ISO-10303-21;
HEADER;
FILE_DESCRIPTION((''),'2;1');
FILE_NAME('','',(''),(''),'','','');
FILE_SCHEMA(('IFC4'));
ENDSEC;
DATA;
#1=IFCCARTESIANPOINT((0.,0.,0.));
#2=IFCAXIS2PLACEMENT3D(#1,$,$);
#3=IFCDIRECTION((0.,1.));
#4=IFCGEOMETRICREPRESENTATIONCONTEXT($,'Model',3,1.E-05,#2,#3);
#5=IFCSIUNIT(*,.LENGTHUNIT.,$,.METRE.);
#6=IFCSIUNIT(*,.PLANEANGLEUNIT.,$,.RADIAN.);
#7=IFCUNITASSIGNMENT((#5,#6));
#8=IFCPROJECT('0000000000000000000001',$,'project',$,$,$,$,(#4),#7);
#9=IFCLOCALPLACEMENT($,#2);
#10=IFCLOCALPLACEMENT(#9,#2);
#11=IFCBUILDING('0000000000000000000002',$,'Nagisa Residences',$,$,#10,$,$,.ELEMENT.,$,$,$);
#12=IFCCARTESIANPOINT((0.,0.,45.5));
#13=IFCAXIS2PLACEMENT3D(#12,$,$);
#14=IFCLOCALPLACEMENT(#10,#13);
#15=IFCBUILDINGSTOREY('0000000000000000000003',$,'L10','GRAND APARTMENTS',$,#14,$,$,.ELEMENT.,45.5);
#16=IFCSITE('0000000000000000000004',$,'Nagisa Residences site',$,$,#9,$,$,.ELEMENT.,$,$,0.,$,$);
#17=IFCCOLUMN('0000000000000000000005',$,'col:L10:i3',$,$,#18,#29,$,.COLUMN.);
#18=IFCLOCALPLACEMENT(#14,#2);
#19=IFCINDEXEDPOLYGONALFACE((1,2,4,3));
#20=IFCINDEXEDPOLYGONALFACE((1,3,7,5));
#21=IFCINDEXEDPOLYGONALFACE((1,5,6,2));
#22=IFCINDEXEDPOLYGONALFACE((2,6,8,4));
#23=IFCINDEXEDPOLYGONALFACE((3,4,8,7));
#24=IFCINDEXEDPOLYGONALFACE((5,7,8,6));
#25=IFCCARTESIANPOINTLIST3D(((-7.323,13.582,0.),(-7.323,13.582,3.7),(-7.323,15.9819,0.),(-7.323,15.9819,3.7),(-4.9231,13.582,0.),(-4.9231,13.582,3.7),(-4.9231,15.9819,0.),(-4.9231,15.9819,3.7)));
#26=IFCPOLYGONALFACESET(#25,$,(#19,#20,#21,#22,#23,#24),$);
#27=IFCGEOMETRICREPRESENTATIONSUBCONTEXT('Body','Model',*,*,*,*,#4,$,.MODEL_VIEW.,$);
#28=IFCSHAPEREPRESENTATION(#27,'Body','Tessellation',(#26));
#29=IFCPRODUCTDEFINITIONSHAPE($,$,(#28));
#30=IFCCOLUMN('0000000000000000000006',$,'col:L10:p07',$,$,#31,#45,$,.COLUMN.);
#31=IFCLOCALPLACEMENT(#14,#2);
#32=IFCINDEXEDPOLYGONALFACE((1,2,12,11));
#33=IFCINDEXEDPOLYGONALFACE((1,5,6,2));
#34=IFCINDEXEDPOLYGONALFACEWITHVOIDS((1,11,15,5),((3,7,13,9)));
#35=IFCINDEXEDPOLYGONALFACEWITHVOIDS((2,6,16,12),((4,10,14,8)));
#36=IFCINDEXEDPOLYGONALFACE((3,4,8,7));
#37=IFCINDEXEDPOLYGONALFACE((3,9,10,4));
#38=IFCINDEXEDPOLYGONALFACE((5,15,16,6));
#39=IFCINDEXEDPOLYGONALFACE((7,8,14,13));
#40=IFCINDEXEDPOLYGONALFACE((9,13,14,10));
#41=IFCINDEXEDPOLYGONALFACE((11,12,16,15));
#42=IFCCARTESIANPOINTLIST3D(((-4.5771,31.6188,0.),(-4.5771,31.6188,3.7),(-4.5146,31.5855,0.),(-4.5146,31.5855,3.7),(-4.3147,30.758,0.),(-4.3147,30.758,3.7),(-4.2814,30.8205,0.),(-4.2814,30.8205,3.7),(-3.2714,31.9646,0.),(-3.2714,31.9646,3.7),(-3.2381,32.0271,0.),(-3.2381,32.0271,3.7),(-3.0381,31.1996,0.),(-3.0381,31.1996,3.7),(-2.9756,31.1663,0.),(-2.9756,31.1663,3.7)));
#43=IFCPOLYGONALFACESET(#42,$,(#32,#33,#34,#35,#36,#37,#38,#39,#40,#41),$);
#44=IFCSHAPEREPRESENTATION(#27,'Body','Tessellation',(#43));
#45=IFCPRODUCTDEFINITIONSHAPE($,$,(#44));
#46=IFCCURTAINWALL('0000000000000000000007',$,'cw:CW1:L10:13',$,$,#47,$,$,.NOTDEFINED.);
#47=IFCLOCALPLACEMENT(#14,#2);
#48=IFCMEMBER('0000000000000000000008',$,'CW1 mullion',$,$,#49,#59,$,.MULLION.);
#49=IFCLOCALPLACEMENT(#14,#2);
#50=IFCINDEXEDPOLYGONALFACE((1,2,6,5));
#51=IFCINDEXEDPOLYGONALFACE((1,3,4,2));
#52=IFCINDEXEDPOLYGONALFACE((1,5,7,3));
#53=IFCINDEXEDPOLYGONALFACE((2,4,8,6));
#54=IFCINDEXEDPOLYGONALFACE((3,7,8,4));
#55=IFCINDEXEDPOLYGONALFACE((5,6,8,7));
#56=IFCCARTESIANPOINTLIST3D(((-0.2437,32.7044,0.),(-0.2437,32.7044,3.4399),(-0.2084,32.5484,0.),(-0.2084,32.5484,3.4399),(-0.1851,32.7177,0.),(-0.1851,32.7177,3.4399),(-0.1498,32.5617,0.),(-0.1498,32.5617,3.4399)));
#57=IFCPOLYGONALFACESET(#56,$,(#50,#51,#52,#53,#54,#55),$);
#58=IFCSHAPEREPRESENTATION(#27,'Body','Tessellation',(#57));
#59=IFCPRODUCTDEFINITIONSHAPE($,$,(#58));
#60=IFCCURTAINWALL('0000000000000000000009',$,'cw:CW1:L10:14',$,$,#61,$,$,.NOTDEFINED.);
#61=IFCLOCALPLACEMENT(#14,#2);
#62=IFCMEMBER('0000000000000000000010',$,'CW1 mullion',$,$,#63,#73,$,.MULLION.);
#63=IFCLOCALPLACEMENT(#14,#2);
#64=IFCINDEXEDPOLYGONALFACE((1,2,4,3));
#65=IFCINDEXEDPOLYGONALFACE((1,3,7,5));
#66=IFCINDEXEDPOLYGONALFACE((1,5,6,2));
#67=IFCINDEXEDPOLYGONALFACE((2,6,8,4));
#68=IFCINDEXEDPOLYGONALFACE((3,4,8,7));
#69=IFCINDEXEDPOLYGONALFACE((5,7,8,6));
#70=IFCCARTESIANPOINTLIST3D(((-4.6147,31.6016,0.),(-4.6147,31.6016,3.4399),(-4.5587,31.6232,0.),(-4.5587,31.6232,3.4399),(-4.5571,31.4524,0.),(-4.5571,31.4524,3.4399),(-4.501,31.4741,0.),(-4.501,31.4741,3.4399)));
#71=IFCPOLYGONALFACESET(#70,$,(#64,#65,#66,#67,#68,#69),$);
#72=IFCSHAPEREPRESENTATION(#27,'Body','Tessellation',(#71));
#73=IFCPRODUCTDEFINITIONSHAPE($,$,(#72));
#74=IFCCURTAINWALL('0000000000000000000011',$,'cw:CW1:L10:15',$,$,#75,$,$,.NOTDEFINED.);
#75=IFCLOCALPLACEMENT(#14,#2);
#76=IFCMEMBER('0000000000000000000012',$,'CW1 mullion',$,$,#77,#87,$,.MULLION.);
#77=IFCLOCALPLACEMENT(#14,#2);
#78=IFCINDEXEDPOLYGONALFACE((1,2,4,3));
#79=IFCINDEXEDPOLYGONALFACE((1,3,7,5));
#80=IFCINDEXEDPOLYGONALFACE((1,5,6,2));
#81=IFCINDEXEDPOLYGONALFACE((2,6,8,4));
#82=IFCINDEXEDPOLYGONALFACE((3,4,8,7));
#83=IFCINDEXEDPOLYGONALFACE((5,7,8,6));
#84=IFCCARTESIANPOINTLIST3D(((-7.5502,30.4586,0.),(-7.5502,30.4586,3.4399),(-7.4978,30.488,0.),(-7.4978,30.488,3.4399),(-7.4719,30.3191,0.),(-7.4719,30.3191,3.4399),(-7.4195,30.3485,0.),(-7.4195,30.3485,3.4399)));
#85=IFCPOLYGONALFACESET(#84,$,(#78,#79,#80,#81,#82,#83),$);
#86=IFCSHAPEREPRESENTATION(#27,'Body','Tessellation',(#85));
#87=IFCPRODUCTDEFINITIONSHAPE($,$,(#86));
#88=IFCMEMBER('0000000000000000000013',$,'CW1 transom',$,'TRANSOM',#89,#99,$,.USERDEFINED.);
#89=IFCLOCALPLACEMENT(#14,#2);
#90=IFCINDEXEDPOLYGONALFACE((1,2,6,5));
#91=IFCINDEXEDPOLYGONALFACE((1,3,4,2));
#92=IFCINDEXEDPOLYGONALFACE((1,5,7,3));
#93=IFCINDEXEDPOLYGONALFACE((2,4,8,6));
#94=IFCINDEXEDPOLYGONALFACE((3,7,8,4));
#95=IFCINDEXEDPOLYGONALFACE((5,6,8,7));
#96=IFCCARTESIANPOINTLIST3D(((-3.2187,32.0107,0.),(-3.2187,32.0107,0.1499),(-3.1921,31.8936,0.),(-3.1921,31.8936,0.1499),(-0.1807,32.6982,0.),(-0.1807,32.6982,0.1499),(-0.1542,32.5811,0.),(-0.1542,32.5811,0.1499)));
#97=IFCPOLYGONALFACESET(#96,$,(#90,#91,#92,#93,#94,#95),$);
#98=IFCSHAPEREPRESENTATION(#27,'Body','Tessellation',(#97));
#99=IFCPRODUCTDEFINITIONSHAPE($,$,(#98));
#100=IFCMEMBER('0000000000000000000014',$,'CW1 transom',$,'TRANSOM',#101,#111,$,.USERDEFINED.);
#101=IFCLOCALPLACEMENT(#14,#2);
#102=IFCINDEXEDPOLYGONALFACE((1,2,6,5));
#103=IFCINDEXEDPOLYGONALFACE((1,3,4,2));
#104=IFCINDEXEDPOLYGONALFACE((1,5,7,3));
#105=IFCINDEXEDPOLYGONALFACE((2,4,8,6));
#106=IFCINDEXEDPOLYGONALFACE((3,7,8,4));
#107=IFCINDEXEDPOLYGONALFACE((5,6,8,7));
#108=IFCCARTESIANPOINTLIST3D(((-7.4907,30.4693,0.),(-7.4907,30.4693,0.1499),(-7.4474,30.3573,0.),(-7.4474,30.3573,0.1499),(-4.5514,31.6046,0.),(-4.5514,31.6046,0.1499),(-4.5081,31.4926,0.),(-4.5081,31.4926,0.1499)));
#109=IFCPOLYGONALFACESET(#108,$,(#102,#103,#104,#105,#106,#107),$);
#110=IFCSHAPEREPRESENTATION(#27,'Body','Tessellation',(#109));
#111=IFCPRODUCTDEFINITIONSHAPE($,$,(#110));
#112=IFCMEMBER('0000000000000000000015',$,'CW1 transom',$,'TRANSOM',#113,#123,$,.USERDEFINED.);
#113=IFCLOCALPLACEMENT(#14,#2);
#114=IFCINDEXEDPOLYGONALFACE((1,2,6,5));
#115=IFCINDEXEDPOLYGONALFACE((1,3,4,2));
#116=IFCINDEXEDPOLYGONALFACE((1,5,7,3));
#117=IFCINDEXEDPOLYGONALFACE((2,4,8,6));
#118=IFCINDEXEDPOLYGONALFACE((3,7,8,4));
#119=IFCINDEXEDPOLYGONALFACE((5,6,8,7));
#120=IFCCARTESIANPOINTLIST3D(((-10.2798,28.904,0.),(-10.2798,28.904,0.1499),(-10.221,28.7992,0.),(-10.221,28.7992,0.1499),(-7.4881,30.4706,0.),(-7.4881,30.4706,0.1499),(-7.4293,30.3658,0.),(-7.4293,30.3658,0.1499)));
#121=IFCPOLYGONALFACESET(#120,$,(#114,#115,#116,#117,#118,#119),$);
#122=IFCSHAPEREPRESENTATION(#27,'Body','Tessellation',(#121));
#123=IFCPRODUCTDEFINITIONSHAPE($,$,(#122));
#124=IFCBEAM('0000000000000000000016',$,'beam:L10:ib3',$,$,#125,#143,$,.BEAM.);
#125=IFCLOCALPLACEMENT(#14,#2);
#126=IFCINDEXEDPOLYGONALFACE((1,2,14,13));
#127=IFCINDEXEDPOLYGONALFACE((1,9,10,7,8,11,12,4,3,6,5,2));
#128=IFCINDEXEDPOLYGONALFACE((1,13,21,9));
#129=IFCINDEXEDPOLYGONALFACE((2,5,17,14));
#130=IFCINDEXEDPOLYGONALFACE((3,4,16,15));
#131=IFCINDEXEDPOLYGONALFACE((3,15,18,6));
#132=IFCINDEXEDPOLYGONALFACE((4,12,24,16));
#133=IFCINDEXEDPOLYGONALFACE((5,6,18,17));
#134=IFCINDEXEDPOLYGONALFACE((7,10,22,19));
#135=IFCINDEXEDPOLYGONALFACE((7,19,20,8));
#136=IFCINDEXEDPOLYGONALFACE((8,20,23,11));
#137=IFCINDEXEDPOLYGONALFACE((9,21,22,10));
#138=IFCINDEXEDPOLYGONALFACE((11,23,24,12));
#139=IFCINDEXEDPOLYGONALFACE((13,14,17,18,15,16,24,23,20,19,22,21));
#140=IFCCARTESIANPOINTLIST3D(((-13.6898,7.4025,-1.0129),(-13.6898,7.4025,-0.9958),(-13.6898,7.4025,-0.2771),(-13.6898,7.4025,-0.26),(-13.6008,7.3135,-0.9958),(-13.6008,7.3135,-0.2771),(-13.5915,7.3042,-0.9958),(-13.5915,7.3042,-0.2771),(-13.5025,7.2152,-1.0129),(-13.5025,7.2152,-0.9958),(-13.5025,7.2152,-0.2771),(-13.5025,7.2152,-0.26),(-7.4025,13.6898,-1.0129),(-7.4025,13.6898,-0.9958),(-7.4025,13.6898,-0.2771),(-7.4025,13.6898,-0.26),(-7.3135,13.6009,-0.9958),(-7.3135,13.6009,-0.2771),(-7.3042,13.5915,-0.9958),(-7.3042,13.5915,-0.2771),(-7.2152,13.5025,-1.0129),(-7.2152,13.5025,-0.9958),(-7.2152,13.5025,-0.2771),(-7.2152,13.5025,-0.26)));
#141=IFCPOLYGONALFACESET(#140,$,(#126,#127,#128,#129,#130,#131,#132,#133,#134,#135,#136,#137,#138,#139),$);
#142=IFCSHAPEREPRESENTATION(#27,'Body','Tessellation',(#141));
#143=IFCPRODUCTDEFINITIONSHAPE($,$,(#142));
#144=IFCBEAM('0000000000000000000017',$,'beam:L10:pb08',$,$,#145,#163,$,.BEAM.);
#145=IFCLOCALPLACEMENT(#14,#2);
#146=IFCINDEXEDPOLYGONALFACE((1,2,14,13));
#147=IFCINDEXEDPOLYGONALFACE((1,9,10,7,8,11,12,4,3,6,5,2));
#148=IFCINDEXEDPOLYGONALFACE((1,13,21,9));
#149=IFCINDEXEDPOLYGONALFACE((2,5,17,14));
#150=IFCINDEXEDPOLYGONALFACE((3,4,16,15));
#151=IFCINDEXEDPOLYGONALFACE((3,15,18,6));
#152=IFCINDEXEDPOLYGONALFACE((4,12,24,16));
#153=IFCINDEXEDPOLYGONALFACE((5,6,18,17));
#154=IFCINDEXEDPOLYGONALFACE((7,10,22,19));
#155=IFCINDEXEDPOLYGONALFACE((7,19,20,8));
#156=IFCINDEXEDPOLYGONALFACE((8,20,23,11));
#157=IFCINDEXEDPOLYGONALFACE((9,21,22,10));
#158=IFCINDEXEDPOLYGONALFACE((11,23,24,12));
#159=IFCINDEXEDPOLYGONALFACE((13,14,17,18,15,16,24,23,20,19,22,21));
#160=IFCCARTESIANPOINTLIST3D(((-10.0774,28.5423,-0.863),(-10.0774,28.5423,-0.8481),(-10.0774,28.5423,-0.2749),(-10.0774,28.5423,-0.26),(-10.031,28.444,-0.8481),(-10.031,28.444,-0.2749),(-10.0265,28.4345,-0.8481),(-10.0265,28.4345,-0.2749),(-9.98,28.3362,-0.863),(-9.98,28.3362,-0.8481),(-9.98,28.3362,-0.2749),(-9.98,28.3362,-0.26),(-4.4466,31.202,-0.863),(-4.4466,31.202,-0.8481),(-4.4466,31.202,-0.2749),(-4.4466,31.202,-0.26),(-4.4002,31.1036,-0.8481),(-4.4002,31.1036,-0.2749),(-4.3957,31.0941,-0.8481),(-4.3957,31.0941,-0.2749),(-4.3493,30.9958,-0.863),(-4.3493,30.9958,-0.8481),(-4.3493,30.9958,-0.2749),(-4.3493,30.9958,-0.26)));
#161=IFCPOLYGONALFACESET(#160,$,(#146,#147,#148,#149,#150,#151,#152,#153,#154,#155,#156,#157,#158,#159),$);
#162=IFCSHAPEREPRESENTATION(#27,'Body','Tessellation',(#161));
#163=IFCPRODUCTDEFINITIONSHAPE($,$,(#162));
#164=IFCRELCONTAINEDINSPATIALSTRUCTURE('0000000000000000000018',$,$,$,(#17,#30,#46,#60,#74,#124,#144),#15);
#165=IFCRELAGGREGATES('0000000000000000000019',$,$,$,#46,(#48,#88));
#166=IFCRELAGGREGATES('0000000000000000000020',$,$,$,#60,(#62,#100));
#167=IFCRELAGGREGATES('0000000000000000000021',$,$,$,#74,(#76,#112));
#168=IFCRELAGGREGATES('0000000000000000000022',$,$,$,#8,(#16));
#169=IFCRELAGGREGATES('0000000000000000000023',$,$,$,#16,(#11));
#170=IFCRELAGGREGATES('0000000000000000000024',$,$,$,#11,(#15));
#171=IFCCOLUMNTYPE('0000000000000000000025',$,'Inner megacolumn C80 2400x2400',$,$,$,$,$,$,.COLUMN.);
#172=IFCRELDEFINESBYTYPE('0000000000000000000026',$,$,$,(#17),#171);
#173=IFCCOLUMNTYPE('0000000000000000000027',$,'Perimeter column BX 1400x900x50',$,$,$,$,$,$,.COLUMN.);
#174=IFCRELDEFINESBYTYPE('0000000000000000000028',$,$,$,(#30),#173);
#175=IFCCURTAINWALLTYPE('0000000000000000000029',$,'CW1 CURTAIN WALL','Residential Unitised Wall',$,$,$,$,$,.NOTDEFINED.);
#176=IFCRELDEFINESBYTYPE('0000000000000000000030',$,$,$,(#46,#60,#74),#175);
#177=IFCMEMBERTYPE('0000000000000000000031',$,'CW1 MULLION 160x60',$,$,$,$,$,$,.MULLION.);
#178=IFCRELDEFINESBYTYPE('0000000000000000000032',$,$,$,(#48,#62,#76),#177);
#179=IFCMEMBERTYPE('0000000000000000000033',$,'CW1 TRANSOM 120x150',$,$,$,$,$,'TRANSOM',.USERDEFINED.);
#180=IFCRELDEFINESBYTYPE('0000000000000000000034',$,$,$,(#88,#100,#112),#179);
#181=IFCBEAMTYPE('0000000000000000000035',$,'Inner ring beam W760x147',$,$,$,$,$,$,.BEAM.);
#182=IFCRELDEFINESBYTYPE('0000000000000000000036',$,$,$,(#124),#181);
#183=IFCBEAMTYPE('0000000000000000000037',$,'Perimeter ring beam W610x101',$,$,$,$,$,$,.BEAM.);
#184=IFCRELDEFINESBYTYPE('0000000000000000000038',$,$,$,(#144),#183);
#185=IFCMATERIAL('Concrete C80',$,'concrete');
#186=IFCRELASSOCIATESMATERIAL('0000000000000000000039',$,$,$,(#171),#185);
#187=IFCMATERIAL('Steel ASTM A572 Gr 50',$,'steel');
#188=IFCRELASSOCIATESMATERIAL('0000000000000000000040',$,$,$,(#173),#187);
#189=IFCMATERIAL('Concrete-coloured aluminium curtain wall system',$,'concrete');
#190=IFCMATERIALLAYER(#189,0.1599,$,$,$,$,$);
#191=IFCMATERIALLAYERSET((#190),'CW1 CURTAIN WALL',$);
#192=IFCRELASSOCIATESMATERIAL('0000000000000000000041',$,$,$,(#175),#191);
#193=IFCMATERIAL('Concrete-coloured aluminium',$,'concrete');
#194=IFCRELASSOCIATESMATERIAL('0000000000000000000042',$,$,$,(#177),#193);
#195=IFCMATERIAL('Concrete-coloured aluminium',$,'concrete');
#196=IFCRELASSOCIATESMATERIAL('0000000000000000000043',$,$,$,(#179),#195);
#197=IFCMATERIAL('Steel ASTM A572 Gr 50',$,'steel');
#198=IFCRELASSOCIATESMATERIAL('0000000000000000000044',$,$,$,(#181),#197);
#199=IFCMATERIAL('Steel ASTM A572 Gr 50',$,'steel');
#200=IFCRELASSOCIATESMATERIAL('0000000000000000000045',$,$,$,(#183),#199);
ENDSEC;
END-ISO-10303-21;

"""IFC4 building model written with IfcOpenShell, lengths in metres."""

from ifc_helpers import new_model, si_unit, direction, frame, origin, origin_2d, place, context, subcontext, project, spatial, rectangle, hollow_rectangle, i_section, extrude, material, layer, layer_set, material_profile, profile_set, type_object, element, aggregate, save


model = new_model("IFC4")

# Units and contexts
model_context = context("Model", 3, precision=1e-05, world=origin(), true_north=direction((0.0, 1.0)))
body_context = subcontext(model_context, "Body", "Model", "MODEL_VIEW")
ifc_project = project(units=[si_unit("LENGTHUNIT", "METRE"), si_unit("PLANEANGLEUNIT", "RADIAN")], contexts=[model_context])

# Site, building, storey
site_placement = place(None, origin())
site = spatial("IfcSite", under=ifc_project, at=site_placement, Name="Nagisa Residences site", CompositionType="ELEMENT", RefElevation=0.0)
building_placement = place(site_placement, origin())
building = spatial("IfcBuilding", under=site, at=building_placement, Name="Nagisa Residences", CompositionType="ELEMENT")
storey_placement = place(building_placement, frame((0.0, 0.0, 45.5)))
storey = spatial("IfcBuildingStorey", under=building, at=storey_placement, Name="L10", Description="GRAND APARTMENTS", CompositionType="ELEMENT", Elevation=45.5)

# Columns
ifc_material_1 = material(Name="Concrete C80", Category="concrete")
ifc_material_profile_1 = material_profile(ifc_material_1, rectangle(XDim=2.3999, YDim=2.3999, at=origin_2d()), Name="C80 2400x2400")
ifc_profile_set_1 = profile_set([ifc_material_profile_1], Name="Concrete C80")
column_type_1 = type_object("IfcColumnType", Name="Inner megacolumn C80 2400x2400", PredefinedType="COLUMN", material=ifc_profile_set_1)
column_1_placement = place(storey_placement, frame((-6.123, 14.782, 0.0), z_axis=(0.0, 0.0, 1.0), x_axis=(1.0, 0.0, 0.0)))
element("IfcColumn", 1, at=column_1_placement, inside=storey, type_object=column_type_1, Name="col:L10:i3", PredefinedType="COLUMN", context=body_context, shape_type="SweptSolid", body=[
    extrude(rectangle(XDim=2.3999, YDim=2.3999, at=origin_2d()), origin(), (0.0, 0.0, 1.0), 3.7),
])
ifc_material_2 = material(Name="Steel ASTM A572 Gr 50", Category="steel")
ifc_material_profile_2 = material_profile(ifc_material_2, hollow_rectangle(XDim=1.3999, YDim=0.8999, WallThickness=0.05, at=origin_2d()), Name="BX 1400x900x50")
ifc_profile_set_2 = profile_set([ifc_material_profile_2], Name="Steel ASTM A572 Gr 50")
column_type_2 = type_object("IfcColumnType", Name="Perimeter column BX 1400x900x50", PredefinedType="COLUMN", material=ifc_profile_set_2)
column_2_placement = place(storey_placement, frame((-3.7764, 31.3926, 0.0), z_axis=(0.0, 0.0, 1.0), x_axis=(-0.956525, -0.291652, 0.0)))
element("IfcColumn", 2, at=column_2_placement, inside=storey, type_object=column_type_2, Name="col:L10:p07", PredefinedType="COLUMN", context=body_context, shape_type="SweptSolid", body=[
    extrude(hollow_rectangle(XDim=1.3999, YDim=0.8999, WallThickness=0.05, at=origin_2d()), origin(), (0.0, 0.0, 1.0), 3.7),
])

# Curtain walls, members
ifc_material_3 = material(Name="Concrete-coloured aluminium curtain wall system", Category="concrete")
ifc_layer_1 = layer(ifc_material_3, 0.1599)
ifc_layer_set_1 = layer_set([ifc_layer_1], Name="CW1 CURTAIN WALL")
curtain_wall_type = type_object("IfcCurtainWallType", Name="CW1 CURTAIN WALL", Description="Residential Unitised Wall", PredefinedType="NOTDEFINED", material=ifc_layer_set_1)
curtain_wall_1_placement = place(storey_placement, origin())
curtain_wall_1 = element("IfcCurtainWall", 3, at=curtain_wall_1_placement, inside=storey, type_object=curtain_wall_type, Name="cw:CW1:L10:13", PredefinedType="NOTDEFINED")
ifc_material_4 = material(Name="Concrete-coloured aluminium", Category="concrete")
ifc_material_profile_3 = material_profile(ifc_material_4, rectangle(XDim=0.1599, YDim=0.0601, at=origin_2d()), Name="CW1 MULLION 160x60")
ifc_profile_set_3 = profile_set([ifc_material_profile_3], Name="Concrete-coloured aluminium")
member_type_1 = type_object("IfcMemberType", Name="CW1 MULLION 160x60", PredefinedType="MULLION", material=ifc_profile_set_3)
member_1_placement = place(storey_placement, frame((-0.1968, 32.6331, 0.0), z_axis=(0.0, 0.0, 1.0), x_axis=(0.220764, -0.975327, 0.0)))
member_1 = element("IfcMember", 4, at=member_1_placement, type_object=member_type_1, Name="CW1 mullion", PredefinedType="MULLION", context=body_context, shape_type="SweptSolid", body=[
    extrude(rectangle(XDim=0.1599, YDim=0.0601, at=origin_2d()), origin(), (0.0, 0.0, 1.0), 3.4399),
])
curtain_wall_2_placement = place(storey_placement, origin())
curtain_wall_2 = element("IfcCurtainWall", 5, at=curtain_wall_2_placement, inside=storey, type_object=curtain_wall_type, Name="cw:CW1:L10:14", PredefinedType="NOTDEFINED")
member_2_placement = place(storey_placement, frame((-4.5579, 31.5378, 0.0), z_axis=(0.0, 0.0, 1.0), x_axis=(0.360328, -0.932826, 0.0)))
member_2 = element("IfcMember", 6, at=member_2_placement, type_object=member_type_1, Name="CW1 mullion", PredefinedType="MULLION", context=body_context, shape_type="SweptSolid", body=[
    extrude(rectangle(XDim=0.1599, YDim=0.0601, at=origin_2d()), origin(), (0.0, 0.0, 1.0), 3.4399),
])
curtain_wall_3_placement = place(storey_placement, origin())
curtain_wall_3 = element("IfcCurtainWall", 7, at=curtain_wall_3_placement, inside=storey, type_object=curtain_wall_type, Name="cw:CW1:L10:15", PredefinedType="NOTDEFINED")
member_3_placement = place(storey_placement, frame((-7.4849, 30.4036, 0.0), z_axis=(0.0, 0.0, 1.0), x_axis=(0.489377, -0.872072, 0.0)))
member_3 = element("IfcMember", 8, at=member_3_placement, type_object=member_type_1, Name="CW1 mullion", PredefinedType="MULLION", context=body_context, shape_type="SweptSolid", body=[
    extrude(rectangle(XDim=0.1599, YDim=0.0601, at=origin_2d()), origin(), (0.0, 0.0, 1.0), 3.4399),
])

# Members
ifc_material_5 = material(Name="Concrete-coloured aluminium", Category="concrete")
ifc_material_profile_4 = material_profile(ifc_material_5, rectangle(XDim=0.1201, YDim=0.1499, at=origin_2d()), Name="CW1 TRANSOM 120x150")
ifc_profile_set_4 = profile_set([ifc_material_profile_4], Name="Concrete-coloured aluminium")
member_type_2 = type_object("IfcMemberType", Name="CW1 TRANSOM 120x150", ElementType="TRANSOM", PredefinedType="USERDEFINED", material=ifc_profile_set_4)
member_4_placement = place(storey_placement, frame((-0.1675, 32.6396, 0.075), z_axis=(-0.975335, -0.22073, 0.0), x_axis=(0.22073, -0.975335, 0.0)))
member_4 = element("IfcMember", 9, at=member_4_placement, type_object=member_type_2, Name="CW1 transom", ObjectType="TRANSOM", PredefinedType="USERDEFINED", context=body_context, shape_type="SweptSolid", body=[
    extrude(rectangle(XDim=0.1201, YDim=0.1499, at=origin_2d()), origin(), (0.0, 0.0, 1.0), 3.1147),
])
member_5_placement = place(storey_placement, frame((-4.5298, 31.5486, 0.075), z_axis=(-0.932835, -0.360303, 0.0), x_axis=(0.360303, -0.932835, 0.0)))
member_5 = element("IfcMember", 10, at=member_5_placement, type_object=member_type_2, Name="CW1 transom", ObjectType="TRANSOM", PredefinedType="USERDEFINED", context=body_context, shape_type="SweptSolid", body=[
    extrude(rectangle(XDim=0.1201, YDim=0.1499, at=origin_2d()), origin(), (0.0, 0.0, 1.0), 3.1509),
])
member_6_placement = place(storey_placement, frame((-7.4587, 30.4182, 0.075), z_axis=(-0.87207, -0.489381, 0.0), x_axis=(0.489381, -0.87207, 0.0)))
member_6 = element("IfcMember", 11, at=member_6_placement, type_object=member_type_2, Name="CW1 transom", ObjectType="TRANSOM", PredefinedType="USERDEFINED", context=body_context, shape_type="SweptSolid", body=[
    extrude(rectangle(XDim=0.1201, YDim=0.1499, at=origin_2d()), origin(), (0.0, 0.0, 1.0), 3.2012),
])

# Beams
ifc_material_6 = material(Name="Steel ASTM A572 Gr 50", Category="steel")
ifc_material_profile_5 = material_profile(ifc_material_6, i_section(OverallWidth=0.2649, OverallDepth=0.7529, WebThickness=0.0132, FlangeThickness=0.0171, at=origin_2d()), Name="W760x147")
ifc_profile_set_5 = profile_set([ifc_material_profile_5], Name="Steel ASTM A572 Gr 50")
beam_type_1 = type_object("IfcBeamType", Name="Inner ring beam W760x147", PredefinedType="BEAM", material=ifc_profile_set_5)
beam_1_placement = place(storey_placement, frame((-7.3088, 13.5962, -0.6365), z_axis=(-0.707107, -0.707107, 0.0), x_axis=(0.707107, -0.707107, 0.0)))
element("IfcBeam", 12, at=beam_1_placement, inside=storey, type_object=beam_type_1, Name="beam:L10:ib3", PredefinedType="BEAM", context=body_context, shape_type="SweptSolid", body=[
    extrude(i_section(OverallWidth=0.2649, OverallDepth=0.7529, WebThickness=0.0132, FlangeThickness=0.0171, at=origin_2d()), origin(), (0.0, 0.0, 1.0), 8.8916),
])
ifc_material_7 = material(Name="Steel ASTM A572 Gr 50", Category="steel")
ifc_material_profile_6 = material_profile(ifc_material_7, i_section(OverallWidth=0.228, OverallDepth=0.603, WebThickness=0.0105, FlangeThickness=0.0149, at=origin_2d()), Name="W610x101")
ifc_profile_set_6 = profile_set([ifc_material_profile_6], Name="Steel ASTM A572 Gr 50")
beam_type_2 = type_object("IfcBeamType", Name="Perimeter ring beam W610x101", PredefinedType="BEAM", material=ifc_profile_set_6)
beam_2_placement = place(storey_placement, frame((-4.3979, 31.0989, -0.5615), z_axis=(-0.904208, -0.427092, 0.0), x_axis=(0.427092, -0.904208, 0.0)))
element("IfcBeam", 13, at=beam_2_placement, inside=storey, type_object=beam_type_2, Name="beam:L10:pb08", PredefinedType="BEAM", context=body_context, shape_type="SweptSolid", body=[
    extrude(i_section(OverallWidth=0.228, OverallDepth=0.603, WebThickness=0.0105, FlangeThickness=0.0149, at=origin_2d()), origin(), (0.0, 0.0, 1.0), 6.2273),
])

aggregate(curtain_wall_1, [member_1, member_4])
aggregate(curtain_wall_2, [member_2, member_5])
aggregate(curtain_wall_3, [member_3, member_6])

save(model, "model.ifc")
